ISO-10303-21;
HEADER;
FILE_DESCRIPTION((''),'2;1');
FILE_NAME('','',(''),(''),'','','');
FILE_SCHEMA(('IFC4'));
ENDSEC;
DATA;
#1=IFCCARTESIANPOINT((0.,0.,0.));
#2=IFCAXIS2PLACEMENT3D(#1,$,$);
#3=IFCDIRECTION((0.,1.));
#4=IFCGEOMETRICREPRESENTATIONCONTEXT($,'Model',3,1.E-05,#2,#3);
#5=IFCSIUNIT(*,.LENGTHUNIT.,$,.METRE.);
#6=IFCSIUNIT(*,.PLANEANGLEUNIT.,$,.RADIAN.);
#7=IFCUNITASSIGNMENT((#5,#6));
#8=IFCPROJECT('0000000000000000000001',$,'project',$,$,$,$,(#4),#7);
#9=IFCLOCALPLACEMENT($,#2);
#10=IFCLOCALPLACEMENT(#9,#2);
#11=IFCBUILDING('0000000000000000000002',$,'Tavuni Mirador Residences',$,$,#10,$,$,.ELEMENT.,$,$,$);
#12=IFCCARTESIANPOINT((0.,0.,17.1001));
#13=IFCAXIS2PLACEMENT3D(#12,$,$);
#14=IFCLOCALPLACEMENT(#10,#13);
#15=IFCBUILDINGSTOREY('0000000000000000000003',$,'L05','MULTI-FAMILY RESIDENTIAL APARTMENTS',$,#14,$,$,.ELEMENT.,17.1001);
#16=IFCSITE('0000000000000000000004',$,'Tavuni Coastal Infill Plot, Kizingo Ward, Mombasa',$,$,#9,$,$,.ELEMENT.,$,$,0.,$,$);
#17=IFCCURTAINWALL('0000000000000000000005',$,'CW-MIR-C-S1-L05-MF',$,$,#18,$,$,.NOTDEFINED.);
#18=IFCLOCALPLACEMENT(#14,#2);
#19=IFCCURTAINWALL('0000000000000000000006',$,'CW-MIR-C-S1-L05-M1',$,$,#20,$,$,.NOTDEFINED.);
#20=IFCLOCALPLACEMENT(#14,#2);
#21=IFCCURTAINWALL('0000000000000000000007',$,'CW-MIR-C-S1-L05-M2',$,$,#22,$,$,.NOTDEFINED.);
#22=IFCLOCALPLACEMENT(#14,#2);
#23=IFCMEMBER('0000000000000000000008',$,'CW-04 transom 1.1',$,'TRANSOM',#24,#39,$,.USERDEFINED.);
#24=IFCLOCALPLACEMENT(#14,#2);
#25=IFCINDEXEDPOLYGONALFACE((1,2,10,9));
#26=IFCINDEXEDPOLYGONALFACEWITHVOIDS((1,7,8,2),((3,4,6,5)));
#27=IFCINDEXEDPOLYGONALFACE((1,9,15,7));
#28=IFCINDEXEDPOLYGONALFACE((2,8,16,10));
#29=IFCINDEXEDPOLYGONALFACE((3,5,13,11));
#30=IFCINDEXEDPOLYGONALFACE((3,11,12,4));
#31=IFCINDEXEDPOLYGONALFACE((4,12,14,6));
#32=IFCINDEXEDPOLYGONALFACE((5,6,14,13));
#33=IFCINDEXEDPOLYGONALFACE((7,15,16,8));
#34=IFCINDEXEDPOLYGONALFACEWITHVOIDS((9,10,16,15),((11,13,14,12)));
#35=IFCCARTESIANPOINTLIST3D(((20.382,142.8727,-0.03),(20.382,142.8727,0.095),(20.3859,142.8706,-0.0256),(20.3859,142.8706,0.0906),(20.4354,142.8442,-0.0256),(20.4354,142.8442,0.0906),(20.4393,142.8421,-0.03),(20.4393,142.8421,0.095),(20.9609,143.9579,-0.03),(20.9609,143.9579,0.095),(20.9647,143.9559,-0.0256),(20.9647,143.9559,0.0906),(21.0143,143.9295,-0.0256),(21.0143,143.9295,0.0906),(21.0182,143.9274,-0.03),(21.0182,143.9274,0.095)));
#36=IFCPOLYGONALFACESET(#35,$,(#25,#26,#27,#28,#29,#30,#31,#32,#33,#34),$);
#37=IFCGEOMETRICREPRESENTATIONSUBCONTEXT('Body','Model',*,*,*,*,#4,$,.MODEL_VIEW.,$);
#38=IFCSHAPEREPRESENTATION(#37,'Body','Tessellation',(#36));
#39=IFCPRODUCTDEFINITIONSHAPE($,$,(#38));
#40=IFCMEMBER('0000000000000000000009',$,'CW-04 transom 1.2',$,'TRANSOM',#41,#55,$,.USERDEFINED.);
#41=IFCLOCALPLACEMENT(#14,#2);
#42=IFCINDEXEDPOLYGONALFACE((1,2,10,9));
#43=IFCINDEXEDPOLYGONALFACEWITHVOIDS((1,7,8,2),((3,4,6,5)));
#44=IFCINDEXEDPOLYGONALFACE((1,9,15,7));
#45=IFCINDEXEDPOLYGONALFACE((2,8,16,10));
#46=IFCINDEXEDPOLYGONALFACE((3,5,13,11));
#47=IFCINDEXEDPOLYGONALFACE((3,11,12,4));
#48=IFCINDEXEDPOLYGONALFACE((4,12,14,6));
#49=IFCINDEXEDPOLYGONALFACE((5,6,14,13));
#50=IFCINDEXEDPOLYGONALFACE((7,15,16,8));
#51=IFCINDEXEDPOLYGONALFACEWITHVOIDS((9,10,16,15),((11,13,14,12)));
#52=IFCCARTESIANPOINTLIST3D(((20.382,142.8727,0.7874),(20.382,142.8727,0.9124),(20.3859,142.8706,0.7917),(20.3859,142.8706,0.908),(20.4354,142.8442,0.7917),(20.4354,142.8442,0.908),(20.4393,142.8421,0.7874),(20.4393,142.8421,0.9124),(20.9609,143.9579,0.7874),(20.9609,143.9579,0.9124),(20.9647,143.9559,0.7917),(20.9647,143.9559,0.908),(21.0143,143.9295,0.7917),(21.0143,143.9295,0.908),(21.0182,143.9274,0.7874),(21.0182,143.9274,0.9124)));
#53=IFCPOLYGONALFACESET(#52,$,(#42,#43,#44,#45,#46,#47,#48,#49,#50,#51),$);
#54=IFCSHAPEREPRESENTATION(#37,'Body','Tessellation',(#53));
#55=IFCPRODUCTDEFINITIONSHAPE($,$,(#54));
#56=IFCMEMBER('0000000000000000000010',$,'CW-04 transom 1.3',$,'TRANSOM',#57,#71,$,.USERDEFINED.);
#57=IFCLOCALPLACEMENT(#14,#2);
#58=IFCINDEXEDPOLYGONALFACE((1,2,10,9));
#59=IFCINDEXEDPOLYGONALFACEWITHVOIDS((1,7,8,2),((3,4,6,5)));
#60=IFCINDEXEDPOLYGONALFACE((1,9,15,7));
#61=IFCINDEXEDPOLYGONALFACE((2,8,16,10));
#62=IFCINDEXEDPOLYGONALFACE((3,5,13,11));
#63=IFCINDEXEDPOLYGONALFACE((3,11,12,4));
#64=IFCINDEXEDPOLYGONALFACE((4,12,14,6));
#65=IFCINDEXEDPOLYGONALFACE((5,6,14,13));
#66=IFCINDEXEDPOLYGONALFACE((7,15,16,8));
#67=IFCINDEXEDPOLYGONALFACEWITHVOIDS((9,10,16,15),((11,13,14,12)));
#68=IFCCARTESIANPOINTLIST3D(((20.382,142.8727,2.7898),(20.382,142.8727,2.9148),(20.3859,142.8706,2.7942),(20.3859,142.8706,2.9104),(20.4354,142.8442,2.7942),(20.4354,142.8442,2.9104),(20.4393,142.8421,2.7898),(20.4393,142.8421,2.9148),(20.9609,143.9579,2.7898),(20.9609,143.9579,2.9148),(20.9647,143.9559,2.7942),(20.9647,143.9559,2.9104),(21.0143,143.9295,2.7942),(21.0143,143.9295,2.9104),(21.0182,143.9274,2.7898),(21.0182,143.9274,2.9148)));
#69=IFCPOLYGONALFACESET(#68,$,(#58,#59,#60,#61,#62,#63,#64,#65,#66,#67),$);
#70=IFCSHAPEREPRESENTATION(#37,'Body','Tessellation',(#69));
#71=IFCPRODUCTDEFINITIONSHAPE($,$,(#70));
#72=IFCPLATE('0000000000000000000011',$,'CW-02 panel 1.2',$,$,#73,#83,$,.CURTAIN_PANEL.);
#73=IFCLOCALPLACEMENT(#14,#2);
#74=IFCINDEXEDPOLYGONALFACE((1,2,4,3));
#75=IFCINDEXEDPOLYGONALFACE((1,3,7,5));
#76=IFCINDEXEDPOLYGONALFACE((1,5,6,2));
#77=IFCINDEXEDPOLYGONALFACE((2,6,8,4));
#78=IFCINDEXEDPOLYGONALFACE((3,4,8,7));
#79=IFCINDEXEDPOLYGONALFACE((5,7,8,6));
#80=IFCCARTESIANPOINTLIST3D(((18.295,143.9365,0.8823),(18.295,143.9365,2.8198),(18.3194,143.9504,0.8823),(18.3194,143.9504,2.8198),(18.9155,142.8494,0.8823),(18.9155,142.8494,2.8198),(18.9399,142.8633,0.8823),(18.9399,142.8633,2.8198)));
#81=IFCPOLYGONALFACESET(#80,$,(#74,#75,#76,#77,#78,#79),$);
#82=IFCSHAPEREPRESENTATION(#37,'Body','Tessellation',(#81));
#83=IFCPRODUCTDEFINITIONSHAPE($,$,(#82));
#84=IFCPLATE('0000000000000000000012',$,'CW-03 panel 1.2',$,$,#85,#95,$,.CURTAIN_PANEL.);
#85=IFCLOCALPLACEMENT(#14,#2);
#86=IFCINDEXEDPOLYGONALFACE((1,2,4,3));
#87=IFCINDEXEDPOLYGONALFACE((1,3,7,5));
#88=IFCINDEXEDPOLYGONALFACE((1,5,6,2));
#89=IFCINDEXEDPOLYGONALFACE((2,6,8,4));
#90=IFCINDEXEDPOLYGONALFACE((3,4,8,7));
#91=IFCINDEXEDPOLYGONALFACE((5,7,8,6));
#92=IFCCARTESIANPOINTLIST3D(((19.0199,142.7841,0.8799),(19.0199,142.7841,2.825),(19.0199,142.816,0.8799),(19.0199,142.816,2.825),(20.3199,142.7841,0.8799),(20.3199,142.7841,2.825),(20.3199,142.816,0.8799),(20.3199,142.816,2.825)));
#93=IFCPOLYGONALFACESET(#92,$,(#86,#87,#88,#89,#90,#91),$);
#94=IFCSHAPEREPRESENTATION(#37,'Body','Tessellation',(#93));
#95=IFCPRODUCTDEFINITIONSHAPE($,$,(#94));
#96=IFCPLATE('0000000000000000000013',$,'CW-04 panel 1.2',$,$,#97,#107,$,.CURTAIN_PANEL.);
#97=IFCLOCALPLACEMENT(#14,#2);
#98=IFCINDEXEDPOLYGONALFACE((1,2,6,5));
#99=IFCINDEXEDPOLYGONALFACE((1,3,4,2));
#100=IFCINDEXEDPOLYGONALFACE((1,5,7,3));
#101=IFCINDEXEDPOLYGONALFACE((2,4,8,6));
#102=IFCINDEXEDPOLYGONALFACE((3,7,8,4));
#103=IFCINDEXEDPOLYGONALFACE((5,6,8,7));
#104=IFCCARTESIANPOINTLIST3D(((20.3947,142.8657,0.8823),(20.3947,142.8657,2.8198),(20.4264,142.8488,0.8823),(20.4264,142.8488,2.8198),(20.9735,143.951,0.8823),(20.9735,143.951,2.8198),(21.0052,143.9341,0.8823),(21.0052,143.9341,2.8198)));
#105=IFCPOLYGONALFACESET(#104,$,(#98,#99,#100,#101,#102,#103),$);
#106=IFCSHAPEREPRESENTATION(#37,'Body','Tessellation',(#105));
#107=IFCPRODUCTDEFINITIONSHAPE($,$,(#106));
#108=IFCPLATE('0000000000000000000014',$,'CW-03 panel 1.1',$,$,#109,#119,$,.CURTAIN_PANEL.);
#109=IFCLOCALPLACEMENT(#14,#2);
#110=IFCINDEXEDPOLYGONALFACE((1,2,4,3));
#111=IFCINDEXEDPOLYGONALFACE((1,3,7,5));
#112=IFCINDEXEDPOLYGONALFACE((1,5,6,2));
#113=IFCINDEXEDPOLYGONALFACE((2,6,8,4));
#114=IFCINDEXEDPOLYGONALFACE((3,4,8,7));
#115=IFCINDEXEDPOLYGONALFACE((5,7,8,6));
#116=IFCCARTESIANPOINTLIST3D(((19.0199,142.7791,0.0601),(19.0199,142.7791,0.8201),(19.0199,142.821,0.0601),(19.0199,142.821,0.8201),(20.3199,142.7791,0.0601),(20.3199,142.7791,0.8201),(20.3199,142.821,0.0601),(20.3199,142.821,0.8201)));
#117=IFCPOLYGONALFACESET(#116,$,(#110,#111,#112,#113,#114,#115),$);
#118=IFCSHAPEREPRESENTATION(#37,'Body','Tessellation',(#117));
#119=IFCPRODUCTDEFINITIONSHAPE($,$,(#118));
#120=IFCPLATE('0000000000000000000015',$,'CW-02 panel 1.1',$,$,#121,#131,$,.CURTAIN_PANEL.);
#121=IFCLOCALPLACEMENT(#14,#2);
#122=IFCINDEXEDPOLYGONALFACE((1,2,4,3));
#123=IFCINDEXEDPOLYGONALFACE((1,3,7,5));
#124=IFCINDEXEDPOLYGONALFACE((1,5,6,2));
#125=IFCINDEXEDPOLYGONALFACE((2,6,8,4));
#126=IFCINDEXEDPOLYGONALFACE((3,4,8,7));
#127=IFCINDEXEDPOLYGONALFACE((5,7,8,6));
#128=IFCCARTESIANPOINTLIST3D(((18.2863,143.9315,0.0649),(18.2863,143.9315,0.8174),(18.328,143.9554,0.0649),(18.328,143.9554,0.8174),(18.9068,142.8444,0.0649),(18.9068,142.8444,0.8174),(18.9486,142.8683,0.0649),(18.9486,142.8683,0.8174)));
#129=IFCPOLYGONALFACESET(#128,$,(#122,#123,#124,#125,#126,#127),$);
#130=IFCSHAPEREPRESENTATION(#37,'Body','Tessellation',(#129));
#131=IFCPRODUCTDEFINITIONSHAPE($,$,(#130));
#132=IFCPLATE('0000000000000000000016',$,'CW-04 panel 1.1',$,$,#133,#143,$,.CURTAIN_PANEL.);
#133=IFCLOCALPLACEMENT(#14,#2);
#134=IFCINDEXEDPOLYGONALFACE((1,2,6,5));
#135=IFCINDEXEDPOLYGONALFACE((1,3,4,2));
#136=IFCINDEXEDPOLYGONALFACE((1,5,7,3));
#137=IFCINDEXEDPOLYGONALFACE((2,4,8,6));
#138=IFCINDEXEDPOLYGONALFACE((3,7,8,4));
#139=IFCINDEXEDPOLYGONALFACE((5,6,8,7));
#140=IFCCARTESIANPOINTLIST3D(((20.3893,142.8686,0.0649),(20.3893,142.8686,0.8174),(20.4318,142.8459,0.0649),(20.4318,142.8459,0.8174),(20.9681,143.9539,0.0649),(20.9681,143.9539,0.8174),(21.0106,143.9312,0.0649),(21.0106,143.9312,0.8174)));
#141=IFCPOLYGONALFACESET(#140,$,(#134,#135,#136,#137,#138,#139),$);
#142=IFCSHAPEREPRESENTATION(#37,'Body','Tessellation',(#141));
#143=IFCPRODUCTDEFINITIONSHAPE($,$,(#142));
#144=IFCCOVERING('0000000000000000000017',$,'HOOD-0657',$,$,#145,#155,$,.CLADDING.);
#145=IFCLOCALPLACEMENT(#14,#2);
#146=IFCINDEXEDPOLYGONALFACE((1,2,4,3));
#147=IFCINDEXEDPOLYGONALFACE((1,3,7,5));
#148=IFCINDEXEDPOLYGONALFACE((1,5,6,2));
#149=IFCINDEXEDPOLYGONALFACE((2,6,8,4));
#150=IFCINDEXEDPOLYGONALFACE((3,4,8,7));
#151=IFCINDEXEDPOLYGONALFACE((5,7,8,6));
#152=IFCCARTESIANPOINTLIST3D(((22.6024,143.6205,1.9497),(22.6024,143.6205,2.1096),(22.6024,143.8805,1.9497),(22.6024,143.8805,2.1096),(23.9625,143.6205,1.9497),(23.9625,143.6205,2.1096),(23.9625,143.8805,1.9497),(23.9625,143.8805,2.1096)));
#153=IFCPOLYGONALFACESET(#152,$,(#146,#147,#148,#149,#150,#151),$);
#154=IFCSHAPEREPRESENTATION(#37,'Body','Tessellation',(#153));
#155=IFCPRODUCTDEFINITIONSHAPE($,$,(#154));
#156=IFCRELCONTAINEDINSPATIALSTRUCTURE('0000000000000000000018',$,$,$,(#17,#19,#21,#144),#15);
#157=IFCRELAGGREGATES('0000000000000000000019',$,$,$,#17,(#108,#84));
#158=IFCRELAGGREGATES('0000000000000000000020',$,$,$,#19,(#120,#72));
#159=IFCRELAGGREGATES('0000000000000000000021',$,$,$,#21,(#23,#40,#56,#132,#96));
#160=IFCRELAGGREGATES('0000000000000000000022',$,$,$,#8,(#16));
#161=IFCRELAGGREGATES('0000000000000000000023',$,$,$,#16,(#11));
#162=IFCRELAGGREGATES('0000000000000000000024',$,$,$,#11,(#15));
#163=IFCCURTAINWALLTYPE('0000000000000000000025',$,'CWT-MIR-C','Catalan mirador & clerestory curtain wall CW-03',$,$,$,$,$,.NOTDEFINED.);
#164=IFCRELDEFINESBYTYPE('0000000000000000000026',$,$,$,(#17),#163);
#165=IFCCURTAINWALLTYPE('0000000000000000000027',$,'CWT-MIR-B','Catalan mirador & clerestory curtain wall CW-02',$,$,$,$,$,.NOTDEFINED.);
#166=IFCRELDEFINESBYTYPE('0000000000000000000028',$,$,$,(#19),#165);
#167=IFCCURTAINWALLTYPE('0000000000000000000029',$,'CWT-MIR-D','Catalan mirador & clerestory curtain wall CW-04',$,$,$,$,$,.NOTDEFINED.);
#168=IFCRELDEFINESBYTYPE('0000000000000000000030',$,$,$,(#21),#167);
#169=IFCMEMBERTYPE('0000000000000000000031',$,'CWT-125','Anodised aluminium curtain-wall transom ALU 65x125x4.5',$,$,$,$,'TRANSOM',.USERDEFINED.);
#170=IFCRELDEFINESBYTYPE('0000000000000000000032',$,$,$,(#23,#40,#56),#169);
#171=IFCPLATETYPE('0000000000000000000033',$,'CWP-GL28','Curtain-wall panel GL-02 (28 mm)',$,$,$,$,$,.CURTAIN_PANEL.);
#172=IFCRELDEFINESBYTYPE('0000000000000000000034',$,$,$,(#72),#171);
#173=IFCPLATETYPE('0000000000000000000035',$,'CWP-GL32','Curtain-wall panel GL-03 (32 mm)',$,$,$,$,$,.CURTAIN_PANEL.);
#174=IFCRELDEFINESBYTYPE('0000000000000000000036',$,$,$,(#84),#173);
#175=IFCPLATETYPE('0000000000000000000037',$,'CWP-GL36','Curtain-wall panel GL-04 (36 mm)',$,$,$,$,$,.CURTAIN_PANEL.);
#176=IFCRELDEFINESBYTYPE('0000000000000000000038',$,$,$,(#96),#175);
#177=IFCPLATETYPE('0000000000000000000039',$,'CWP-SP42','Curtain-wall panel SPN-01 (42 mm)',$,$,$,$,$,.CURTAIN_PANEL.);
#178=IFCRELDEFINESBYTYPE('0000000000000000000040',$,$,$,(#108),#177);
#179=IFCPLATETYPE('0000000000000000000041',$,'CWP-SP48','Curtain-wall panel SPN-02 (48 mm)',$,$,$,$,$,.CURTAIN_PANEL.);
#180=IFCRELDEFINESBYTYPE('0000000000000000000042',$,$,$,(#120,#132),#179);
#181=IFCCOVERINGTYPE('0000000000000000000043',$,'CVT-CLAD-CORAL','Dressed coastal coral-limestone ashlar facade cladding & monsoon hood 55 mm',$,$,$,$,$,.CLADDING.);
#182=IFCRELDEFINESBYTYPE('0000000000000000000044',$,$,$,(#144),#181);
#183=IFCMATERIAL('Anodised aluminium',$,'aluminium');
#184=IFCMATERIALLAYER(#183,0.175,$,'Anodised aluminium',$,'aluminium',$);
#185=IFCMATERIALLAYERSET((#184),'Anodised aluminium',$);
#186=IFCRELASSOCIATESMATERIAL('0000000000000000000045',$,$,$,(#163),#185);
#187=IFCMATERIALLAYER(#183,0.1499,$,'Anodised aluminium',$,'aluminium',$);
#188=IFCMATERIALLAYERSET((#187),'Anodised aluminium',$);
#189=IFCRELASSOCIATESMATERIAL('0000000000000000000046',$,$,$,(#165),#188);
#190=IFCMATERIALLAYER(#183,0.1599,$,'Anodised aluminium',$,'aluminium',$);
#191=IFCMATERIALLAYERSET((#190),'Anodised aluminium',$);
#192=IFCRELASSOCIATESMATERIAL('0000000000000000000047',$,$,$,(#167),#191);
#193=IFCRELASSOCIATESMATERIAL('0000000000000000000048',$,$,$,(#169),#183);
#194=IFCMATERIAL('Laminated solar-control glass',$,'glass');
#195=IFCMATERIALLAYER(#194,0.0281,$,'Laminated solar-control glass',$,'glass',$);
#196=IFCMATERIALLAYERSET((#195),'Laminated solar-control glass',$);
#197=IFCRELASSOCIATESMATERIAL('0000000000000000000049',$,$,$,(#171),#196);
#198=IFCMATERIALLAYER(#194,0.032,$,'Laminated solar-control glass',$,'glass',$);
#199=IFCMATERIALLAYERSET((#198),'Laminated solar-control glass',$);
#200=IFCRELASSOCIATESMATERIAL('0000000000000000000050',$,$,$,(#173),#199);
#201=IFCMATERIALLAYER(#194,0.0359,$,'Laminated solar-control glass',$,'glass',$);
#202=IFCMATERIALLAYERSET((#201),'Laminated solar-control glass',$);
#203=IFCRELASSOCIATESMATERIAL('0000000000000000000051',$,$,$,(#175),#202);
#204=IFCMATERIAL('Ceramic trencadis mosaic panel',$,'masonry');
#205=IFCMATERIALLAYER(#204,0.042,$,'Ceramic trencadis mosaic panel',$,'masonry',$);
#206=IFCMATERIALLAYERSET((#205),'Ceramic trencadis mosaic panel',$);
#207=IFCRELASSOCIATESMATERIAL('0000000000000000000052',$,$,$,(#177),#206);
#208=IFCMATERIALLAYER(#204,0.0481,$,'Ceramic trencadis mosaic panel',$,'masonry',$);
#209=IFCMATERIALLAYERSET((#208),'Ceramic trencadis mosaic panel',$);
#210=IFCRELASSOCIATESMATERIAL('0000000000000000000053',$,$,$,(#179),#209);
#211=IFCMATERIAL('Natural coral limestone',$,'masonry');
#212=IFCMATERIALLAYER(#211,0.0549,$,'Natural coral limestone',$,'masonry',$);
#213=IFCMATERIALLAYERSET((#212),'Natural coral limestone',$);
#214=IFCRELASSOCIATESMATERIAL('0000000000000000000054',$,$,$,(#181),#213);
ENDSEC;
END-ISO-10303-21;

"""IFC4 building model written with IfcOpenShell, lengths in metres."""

from ifc_helpers import new_model, si_unit, direction, frame, origin, origin_2d, place, context, subcontext, project, spatial, rectangle, hollow_rectangle, extrude, material, layer, layer_set, material_profile, profile_set, type_object, element, aggregate, save


model = new_model("IFC4")

# Units and contexts
model_context = context("Model", 3, precision=1e-05, world=origin(), true_north=direction((0.0, 1.0)))
body_context = subcontext(model_context, "Body", "Model", "MODEL_VIEW")
ifc_project = project(units=[si_unit("LENGTHUNIT", "METRE"), si_unit("PLANEANGLEUNIT", "RADIAN")], contexts=[model_context])

# Site, building, storey
site_placement = place(None, origin())
site = spatial("IfcSite", under=ifc_project, at=site_placement, Name="Tavuni Coastal Infill Plot, Kizingo Ward, Mombasa", CompositionType="ELEMENT", RefElevation=0.0)
building_placement = place(site_placement, origin())
building = spatial("IfcBuilding", under=site, at=building_placement, Name="Tavuni Mirador Residences", CompositionType="ELEMENT")
storey_placement = place(building_placement, frame((0.0, 0.0, 17.1001)))
storey = spatial("IfcBuildingStorey", under=building, at=storey_placement, Name="L05", Description="MULTI-FAMILY RESIDENTIAL APARTMENTS", CompositionType="ELEMENT", Elevation=17.1001)

# Curtain walls
ifc_material_1 = material(Name="Anodised aluminium", Category="aluminium")
ifc_layer_1 = layer(ifc_material_1, 0.175, Name="Anodised aluminium", Category="aluminium")
ifc_layer_set_1 = layer_set([ifc_layer_1], Name="Anodised aluminium")
curtain_wall_type_1 = type_object("IfcCurtainWallType", Name="CWT-MIR-C", Description="Catalan mirador & clerestory curtain wall CW-03", PredefinedType="NOTDEFINED", material=ifc_layer_set_1)
curtain_wall_1_placement = place(storey_placement, origin())
curtain_wall_1 = element("IfcCurtainWall", 1, at=curtain_wall_1_placement, inside=storey, type_object=curtain_wall_type_1, Name="CW-MIR-C-S1-L05-MF", PredefinedType="NOTDEFINED")
ifc_layer_2 = layer(ifc_material_1, 0.1499, Name="Anodised aluminium", Category="aluminium")
ifc_layer_set_2 = layer_set([ifc_layer_2], Name="Anodised aluminium")
curtain_wall_type_2 = type_object("IfcCurtainWallType", Name="CWT-MIR-B", Description="Catalan mirador & clerestory curtain wall CW-02", PredefinedType="NOTDEFINED", material=ifc_layer_set_2)
curtain_wall_2_placement = place(storey_placement, origin())
curtain_wall_2 = element("IfcCurtainWall", 2, at=curtain_wall_2_placement, inside=storey, type_object=curtain_wall_type_2, Name="CW-MIR-C-S1-L05-M1", PredefinedType="NOTDEFINED")

# Curtain wall
ifc_layer_3 = layer(ifc_material_1, 0.1599, Name="Anodised aluminium", Category="aluminium")
ifc_layer_set_3 = layer_set([ifc_layer_3], Name="Anodised aluminium")
curtain_wall_type_3 = type_object("IfcCurtainWallType", Name="CWT-MIR-D", Description="Catalan mirador & clerestory curtain wall CW-04", PredefinedType="NOTDEFINED", material=ifc_layer_set_3)
curtain_wall_3_placement = place(storey_placement, origin())
curtain_wall_3 = element("IfcCurtainWall", 3, at=curtain_wall_3_placement, inside=storey, type_object=curtain_wall_type_3, Name="CW-MIR-C-S1-L05-M2", PredefinedType="NOTDEFINED")

# Members
ifc_material_profile_1 = material_profile(ifc_material_1, hollow_rectangle(XDim=0.0649, YDim=0.125, WallThickness=0.0044, at=origin_2d()), Name="ALU 65x125x4.5", Category="aluminium")
ifc_profile_set_1 = profile_set([ifc_material_profile_1], Name="Anodised aluminium")
member_type_1 = type_object("IfcMemberType", Name="CWT-125", Description="Anodised aluminium curtain-wall transom ALU 65x125x4.5", ElementType="TRANSOM", PredefinedType="USERDEFINED", material=ifc_profile_set_1)
member_1_placement = place(storey_placement, frame((20.4106, 142.8574, 0.0325), z_axis=(0.47064, 0.882325, 0.0), x_axis=(-0.882325, 0.47064, 0.0)))
member_1 = element("IfcMember", 4, at=member_1_placement, type_object=member_type_1, Name="CW-04 transom 1.1", ObjectType="TRANSOM", PredefinedType="USERDEFINED", context=body_context, shape_type="SweptSolid", body=[
    extrude(hollow_rectangle(XDim=0.0649, YDim=0.125, WallThickness=0.0044, at=origin_2d()), origin(), (0.0, 0.0, 1.0), 1.23),
])
member_2_placement = place(storey_placement, frame((20.4106, 142.8574, 0.8499), z_axis=(0.47064, 0.882325, 0.0), x_axis=(-0.882325, 0.47064, 0.0)))
member_2 = element("IfcMember", 5, at=member_2_placement, type_object=member_type_1, Name="CW-04 transom 1.2", ObjectType="TRANSOM", PredefinedType="USERDEFINED", context=body_context, shape_type="SweptSolid", body=[
    extrude(hollow_rectangle(XDim=0.0649, YDim=0.125, WallThickness=0.0044, at=origin_2d()), origin(), (0.0, 0.0, 1.0), 1.23),
])
member_3_placement = place(storey_placement, frame((20.4106, 142.8574, 2.8523), z_axis=(0.47064, 0.882325, 0.0), x_axis=(-0.882325, 0.47064, 0.0)))
member_3 = element("IfcMember", 6, at=member_3_placement, type_object=member_type_1, Name="CW-04 transom 1.3", ObjectType="TRANSOM", PredefinedType="USERDEFINED", context=body_context, shape_type="SweptSolid", body=[
    extrude(hollow_rectangle(XDim=0.0649, YDim=0.125, WallThickness=0.0044, at=origin_2d()), origin(), (0.0, 0.0, 1.0), 1.23),
])

# Plates
ifc_material_2 = material(Name="Laminated solar-control glass", Category="glass")
ifc_layer_4 = layer(ifc_material_2, 0.0281, Name="Laminated solar-control glass", Category="glass")
ifc_layer_set_4 = layer_set([ifc_layer_4], Name="Laminated solar-control glass")
plate_type_1 = type_object("IfcPlateType", Name="CWP-GL28", Description="Curtain-wall panel GL-02 (28 mm)", PredefinedType="CURTAIN_PANEL", material=ifc_layer_set_4)
plate_1_placement = place(storey_placement, frame((18.6174, 143.3999, 0.8823), z_axis=(0.0, 0.0, 1.0), x_axis=(0.495749, -0.868466, 0.0)))
plate_1 = element("IfcPlate", 7, at=plate_1_placement, type_object=plate_type_1, Name="CW-02 panel 1.2", PredefinedType="CURTAIN_PANEL", context=body_context, shape_type="SweptSolid", body=[
    extrude(rectangle(XDim=1.2517, YDim=0.0281, at=origin_2d()), origin(), (0.0, 0.0, 1.0), 1.9375),
])
ifc_layer_5 = layer(ifc_material_2, 0.032, Name="Laminated solar-control glass", Category="glass")
ifc_layer_set_5 = layer_set([ifc_layer_5], Name="Laminated solar-control glass")
plate_type_2 = type_object("IfcPlateType", Name="CWP-GL32", Description="Curtain-wall panel GL-03 (32 mm)", PredefinedType="CURTAIN_PANEL", material=ifc_layer_set_5)
plate_2_placement = place(storey_placement, frame((19.6699, 142.8, 0.8799), z_axis=(0.0, 0.0, 1.0), x_axis=(1.0, 0.0, 0.0)))
plate_2 = element("IfcPlate", 8, at=plate_2_placement, type_object=plate_type_2, Name="CW-03 panel 1.2", PredefinedType="CURTAIN_PANEL", context=body_context, shape_type="SweptSolid", body=[
    extrude(rectangle(XDim=1.3, YDim=0.032, at=origin_2d()), origin(), (0.0, 0.0, 1.0), 1.9451),
])
ifc_layer_6 = layer(ifc_material_2, 0.0359, Name="Laminated solar-control glass", Category="glass")
ifc_layer_set_6 = layer_set([ifc_layer_6], Name="Laminated solar-control glass")
plate_type_3 = type_object("IfcPlateType", Name="CWP-GL36", Description="Curtain-wall panel GL-04 (36 mm)", PredefinedType="CURTAIN_PANEL", material=ifc_layer_set_6)
plate_3_placement = place(storey_placement, frame((20.7, 143.3999, 0.8823), z_axis=(0.0, 0.0, 1.0), x_axis=(0.470588, 0.882353, 0.0)))
plate_3 = element("IfcPlate", 9, at=plate_3_placement, type_object=plate_type_3, Name="CW-04 panel 1.2", PredefinedType="CURTAIN_PANEL", context=body_context, shape_type="SweptSolid", body=[
    extrude(rectangle(XDim=1.23, YDim=0.0359, at=origin_2d()), origin(), (0.0, 0.0, 1.0), 1.9375),
])
ifc_material_3 = material(Name="Ceramic trencadis mosaic panel", Category="masonry")
ifc_layer_7 = layer(ifc_material_3, 0.042, Name="Ceramic trencadis mosaic panel", Category="masonry")
ifc_layer_set_7 = layer_set([ifc_layer_7], Name="Ceramic trencadis mosaic panel")
plate_type_4 = type_object("IfcPlateType", Name="CWP-SP42", Description="Curtain-wall panel SPN-01 (42 mm)", PredefinedType="CURTAIN_PANEL", material=ifc_layer_set_7)
plate_4_placement = place(storey_placement, frame((19.6699, 142.8, 0.0601), z_axis=(0.0, 0.0, 1.0), x_axis=(1.0, 0.0, 0.0)))
plate_4 = element("IfcPlate", 10, at=plate_4_placement, type_object=plate_type_4, Name="CW-03 panel 1.1", PredefinedType="CURTAIN_PANEL", context=body_context, shape_type="SweptSolid", body=[
    extrude(rectangle(XDim=1.3, YDim=0.042, at=origin_2d()), origin(), (0.0, 0.0, 1.0), 0.76),
])
aggregate(curtain_wall_1, [plate_4, plate_2])
ifc_layer_8 = layer(ifc_material_3, 0.0481, Name="Ceramic trencadis mosaic panel", Category="masonry")
ifc_layer_set_8 = layer_set([ifc_layer_8], Name="Ceramic trencadis mosaic panel")
plate_type_5 = type_object("IfcPlateType", Name="CWP-SP48", Description="Curtain-wall panel SPN-02 (48 mm)", PredefinedType="CURTAIN_PANEL", material=ifc_layer_set_8)
plate_5_placement = place(storey_placement, frame((18.6174, 143.3999, 0.0649), z_axis=(0.0, 0.0, 1.0), x_axis=(0.495749, -0.868466, 0.0)))
plate_5 = element("IfcPlate", 11, at=plate_5_placement, type_object=plate_type_5, Name="CW-02 panel 1.1", PredefinedType="CURTAIN_PANEL", context=body_context, shape_type="SweptSolid", body=[
    extrude(rectangle(XDim=1.2517, YDim=0.0481, at=origin_2d()), origin(), (0.0, 0.0, 1.0), 0.7524),
])
aggregate(curtain_wall_2, [plate_5, plate_1])
plate_6_placement = place(storey_placement, frame((20.7, 143.3999, 0.0649), z_axis=(0.0, 0.0, 1.0), x_axis=(0.470588, 0.882353, 0.0)))
plate_6 = element("IfcPlate", 12, at=plate_6_placement, type_object=plate_type_5, Name="CW-04 panel 1.1", PredefinedType="CURTAIN_PANEL", context=body_context, shape_type="SweptSolid", body=[
    extrude(rectangle(XDim=1.23, YDim=0.0481, at=origin_2d()), origin(), (0.0, 0.0, 1.0), 0.7524),
])
aggregate(curtain_wall_3, [member_1, member_2, member_3, plate_6, plate_3])

# Covering
ifc_material_4 = material(Name="Natural coral limestone", Category="masonry")
ifc_layer_9 = layer(ifc_material_4, 0.0549, Name="Natural coral limestone", Category="masonry")
ifc_layer_set_9 = layer_set([ifc_layer_9], Name="Natural coral limestone")
covering_type = type_object("IfcCoveringType", Name="CVT-CLAD-CORAL", Description="Dressed coastal coral-limestone ashlar facade cladding & monsoon hood 55 mm", PredefinedType="CLADDING", material=ifc_layer_set_9)
covering_placement = place(storey_placement, frame((23.2825, 143.7505, 1.9497), z_axis=(0.0, 0.0, 1.0), x_axis=(1.0, 0.0, 0.0)))
element("IfcCovering", 13, at=covering_placement, inside=storey, type_object=covering_type, Name="HOOD-0657", PredefinedType="CLADDING", context=body_context, shape_type="SweptSolid", body=[
    extrude(rectangle(XDim=1.3601, YDim=0.26, at=origin_2d()), origin(), (0.0, 0.0, 1.0), 0.1599),
])

save(model, "model.ifc")
